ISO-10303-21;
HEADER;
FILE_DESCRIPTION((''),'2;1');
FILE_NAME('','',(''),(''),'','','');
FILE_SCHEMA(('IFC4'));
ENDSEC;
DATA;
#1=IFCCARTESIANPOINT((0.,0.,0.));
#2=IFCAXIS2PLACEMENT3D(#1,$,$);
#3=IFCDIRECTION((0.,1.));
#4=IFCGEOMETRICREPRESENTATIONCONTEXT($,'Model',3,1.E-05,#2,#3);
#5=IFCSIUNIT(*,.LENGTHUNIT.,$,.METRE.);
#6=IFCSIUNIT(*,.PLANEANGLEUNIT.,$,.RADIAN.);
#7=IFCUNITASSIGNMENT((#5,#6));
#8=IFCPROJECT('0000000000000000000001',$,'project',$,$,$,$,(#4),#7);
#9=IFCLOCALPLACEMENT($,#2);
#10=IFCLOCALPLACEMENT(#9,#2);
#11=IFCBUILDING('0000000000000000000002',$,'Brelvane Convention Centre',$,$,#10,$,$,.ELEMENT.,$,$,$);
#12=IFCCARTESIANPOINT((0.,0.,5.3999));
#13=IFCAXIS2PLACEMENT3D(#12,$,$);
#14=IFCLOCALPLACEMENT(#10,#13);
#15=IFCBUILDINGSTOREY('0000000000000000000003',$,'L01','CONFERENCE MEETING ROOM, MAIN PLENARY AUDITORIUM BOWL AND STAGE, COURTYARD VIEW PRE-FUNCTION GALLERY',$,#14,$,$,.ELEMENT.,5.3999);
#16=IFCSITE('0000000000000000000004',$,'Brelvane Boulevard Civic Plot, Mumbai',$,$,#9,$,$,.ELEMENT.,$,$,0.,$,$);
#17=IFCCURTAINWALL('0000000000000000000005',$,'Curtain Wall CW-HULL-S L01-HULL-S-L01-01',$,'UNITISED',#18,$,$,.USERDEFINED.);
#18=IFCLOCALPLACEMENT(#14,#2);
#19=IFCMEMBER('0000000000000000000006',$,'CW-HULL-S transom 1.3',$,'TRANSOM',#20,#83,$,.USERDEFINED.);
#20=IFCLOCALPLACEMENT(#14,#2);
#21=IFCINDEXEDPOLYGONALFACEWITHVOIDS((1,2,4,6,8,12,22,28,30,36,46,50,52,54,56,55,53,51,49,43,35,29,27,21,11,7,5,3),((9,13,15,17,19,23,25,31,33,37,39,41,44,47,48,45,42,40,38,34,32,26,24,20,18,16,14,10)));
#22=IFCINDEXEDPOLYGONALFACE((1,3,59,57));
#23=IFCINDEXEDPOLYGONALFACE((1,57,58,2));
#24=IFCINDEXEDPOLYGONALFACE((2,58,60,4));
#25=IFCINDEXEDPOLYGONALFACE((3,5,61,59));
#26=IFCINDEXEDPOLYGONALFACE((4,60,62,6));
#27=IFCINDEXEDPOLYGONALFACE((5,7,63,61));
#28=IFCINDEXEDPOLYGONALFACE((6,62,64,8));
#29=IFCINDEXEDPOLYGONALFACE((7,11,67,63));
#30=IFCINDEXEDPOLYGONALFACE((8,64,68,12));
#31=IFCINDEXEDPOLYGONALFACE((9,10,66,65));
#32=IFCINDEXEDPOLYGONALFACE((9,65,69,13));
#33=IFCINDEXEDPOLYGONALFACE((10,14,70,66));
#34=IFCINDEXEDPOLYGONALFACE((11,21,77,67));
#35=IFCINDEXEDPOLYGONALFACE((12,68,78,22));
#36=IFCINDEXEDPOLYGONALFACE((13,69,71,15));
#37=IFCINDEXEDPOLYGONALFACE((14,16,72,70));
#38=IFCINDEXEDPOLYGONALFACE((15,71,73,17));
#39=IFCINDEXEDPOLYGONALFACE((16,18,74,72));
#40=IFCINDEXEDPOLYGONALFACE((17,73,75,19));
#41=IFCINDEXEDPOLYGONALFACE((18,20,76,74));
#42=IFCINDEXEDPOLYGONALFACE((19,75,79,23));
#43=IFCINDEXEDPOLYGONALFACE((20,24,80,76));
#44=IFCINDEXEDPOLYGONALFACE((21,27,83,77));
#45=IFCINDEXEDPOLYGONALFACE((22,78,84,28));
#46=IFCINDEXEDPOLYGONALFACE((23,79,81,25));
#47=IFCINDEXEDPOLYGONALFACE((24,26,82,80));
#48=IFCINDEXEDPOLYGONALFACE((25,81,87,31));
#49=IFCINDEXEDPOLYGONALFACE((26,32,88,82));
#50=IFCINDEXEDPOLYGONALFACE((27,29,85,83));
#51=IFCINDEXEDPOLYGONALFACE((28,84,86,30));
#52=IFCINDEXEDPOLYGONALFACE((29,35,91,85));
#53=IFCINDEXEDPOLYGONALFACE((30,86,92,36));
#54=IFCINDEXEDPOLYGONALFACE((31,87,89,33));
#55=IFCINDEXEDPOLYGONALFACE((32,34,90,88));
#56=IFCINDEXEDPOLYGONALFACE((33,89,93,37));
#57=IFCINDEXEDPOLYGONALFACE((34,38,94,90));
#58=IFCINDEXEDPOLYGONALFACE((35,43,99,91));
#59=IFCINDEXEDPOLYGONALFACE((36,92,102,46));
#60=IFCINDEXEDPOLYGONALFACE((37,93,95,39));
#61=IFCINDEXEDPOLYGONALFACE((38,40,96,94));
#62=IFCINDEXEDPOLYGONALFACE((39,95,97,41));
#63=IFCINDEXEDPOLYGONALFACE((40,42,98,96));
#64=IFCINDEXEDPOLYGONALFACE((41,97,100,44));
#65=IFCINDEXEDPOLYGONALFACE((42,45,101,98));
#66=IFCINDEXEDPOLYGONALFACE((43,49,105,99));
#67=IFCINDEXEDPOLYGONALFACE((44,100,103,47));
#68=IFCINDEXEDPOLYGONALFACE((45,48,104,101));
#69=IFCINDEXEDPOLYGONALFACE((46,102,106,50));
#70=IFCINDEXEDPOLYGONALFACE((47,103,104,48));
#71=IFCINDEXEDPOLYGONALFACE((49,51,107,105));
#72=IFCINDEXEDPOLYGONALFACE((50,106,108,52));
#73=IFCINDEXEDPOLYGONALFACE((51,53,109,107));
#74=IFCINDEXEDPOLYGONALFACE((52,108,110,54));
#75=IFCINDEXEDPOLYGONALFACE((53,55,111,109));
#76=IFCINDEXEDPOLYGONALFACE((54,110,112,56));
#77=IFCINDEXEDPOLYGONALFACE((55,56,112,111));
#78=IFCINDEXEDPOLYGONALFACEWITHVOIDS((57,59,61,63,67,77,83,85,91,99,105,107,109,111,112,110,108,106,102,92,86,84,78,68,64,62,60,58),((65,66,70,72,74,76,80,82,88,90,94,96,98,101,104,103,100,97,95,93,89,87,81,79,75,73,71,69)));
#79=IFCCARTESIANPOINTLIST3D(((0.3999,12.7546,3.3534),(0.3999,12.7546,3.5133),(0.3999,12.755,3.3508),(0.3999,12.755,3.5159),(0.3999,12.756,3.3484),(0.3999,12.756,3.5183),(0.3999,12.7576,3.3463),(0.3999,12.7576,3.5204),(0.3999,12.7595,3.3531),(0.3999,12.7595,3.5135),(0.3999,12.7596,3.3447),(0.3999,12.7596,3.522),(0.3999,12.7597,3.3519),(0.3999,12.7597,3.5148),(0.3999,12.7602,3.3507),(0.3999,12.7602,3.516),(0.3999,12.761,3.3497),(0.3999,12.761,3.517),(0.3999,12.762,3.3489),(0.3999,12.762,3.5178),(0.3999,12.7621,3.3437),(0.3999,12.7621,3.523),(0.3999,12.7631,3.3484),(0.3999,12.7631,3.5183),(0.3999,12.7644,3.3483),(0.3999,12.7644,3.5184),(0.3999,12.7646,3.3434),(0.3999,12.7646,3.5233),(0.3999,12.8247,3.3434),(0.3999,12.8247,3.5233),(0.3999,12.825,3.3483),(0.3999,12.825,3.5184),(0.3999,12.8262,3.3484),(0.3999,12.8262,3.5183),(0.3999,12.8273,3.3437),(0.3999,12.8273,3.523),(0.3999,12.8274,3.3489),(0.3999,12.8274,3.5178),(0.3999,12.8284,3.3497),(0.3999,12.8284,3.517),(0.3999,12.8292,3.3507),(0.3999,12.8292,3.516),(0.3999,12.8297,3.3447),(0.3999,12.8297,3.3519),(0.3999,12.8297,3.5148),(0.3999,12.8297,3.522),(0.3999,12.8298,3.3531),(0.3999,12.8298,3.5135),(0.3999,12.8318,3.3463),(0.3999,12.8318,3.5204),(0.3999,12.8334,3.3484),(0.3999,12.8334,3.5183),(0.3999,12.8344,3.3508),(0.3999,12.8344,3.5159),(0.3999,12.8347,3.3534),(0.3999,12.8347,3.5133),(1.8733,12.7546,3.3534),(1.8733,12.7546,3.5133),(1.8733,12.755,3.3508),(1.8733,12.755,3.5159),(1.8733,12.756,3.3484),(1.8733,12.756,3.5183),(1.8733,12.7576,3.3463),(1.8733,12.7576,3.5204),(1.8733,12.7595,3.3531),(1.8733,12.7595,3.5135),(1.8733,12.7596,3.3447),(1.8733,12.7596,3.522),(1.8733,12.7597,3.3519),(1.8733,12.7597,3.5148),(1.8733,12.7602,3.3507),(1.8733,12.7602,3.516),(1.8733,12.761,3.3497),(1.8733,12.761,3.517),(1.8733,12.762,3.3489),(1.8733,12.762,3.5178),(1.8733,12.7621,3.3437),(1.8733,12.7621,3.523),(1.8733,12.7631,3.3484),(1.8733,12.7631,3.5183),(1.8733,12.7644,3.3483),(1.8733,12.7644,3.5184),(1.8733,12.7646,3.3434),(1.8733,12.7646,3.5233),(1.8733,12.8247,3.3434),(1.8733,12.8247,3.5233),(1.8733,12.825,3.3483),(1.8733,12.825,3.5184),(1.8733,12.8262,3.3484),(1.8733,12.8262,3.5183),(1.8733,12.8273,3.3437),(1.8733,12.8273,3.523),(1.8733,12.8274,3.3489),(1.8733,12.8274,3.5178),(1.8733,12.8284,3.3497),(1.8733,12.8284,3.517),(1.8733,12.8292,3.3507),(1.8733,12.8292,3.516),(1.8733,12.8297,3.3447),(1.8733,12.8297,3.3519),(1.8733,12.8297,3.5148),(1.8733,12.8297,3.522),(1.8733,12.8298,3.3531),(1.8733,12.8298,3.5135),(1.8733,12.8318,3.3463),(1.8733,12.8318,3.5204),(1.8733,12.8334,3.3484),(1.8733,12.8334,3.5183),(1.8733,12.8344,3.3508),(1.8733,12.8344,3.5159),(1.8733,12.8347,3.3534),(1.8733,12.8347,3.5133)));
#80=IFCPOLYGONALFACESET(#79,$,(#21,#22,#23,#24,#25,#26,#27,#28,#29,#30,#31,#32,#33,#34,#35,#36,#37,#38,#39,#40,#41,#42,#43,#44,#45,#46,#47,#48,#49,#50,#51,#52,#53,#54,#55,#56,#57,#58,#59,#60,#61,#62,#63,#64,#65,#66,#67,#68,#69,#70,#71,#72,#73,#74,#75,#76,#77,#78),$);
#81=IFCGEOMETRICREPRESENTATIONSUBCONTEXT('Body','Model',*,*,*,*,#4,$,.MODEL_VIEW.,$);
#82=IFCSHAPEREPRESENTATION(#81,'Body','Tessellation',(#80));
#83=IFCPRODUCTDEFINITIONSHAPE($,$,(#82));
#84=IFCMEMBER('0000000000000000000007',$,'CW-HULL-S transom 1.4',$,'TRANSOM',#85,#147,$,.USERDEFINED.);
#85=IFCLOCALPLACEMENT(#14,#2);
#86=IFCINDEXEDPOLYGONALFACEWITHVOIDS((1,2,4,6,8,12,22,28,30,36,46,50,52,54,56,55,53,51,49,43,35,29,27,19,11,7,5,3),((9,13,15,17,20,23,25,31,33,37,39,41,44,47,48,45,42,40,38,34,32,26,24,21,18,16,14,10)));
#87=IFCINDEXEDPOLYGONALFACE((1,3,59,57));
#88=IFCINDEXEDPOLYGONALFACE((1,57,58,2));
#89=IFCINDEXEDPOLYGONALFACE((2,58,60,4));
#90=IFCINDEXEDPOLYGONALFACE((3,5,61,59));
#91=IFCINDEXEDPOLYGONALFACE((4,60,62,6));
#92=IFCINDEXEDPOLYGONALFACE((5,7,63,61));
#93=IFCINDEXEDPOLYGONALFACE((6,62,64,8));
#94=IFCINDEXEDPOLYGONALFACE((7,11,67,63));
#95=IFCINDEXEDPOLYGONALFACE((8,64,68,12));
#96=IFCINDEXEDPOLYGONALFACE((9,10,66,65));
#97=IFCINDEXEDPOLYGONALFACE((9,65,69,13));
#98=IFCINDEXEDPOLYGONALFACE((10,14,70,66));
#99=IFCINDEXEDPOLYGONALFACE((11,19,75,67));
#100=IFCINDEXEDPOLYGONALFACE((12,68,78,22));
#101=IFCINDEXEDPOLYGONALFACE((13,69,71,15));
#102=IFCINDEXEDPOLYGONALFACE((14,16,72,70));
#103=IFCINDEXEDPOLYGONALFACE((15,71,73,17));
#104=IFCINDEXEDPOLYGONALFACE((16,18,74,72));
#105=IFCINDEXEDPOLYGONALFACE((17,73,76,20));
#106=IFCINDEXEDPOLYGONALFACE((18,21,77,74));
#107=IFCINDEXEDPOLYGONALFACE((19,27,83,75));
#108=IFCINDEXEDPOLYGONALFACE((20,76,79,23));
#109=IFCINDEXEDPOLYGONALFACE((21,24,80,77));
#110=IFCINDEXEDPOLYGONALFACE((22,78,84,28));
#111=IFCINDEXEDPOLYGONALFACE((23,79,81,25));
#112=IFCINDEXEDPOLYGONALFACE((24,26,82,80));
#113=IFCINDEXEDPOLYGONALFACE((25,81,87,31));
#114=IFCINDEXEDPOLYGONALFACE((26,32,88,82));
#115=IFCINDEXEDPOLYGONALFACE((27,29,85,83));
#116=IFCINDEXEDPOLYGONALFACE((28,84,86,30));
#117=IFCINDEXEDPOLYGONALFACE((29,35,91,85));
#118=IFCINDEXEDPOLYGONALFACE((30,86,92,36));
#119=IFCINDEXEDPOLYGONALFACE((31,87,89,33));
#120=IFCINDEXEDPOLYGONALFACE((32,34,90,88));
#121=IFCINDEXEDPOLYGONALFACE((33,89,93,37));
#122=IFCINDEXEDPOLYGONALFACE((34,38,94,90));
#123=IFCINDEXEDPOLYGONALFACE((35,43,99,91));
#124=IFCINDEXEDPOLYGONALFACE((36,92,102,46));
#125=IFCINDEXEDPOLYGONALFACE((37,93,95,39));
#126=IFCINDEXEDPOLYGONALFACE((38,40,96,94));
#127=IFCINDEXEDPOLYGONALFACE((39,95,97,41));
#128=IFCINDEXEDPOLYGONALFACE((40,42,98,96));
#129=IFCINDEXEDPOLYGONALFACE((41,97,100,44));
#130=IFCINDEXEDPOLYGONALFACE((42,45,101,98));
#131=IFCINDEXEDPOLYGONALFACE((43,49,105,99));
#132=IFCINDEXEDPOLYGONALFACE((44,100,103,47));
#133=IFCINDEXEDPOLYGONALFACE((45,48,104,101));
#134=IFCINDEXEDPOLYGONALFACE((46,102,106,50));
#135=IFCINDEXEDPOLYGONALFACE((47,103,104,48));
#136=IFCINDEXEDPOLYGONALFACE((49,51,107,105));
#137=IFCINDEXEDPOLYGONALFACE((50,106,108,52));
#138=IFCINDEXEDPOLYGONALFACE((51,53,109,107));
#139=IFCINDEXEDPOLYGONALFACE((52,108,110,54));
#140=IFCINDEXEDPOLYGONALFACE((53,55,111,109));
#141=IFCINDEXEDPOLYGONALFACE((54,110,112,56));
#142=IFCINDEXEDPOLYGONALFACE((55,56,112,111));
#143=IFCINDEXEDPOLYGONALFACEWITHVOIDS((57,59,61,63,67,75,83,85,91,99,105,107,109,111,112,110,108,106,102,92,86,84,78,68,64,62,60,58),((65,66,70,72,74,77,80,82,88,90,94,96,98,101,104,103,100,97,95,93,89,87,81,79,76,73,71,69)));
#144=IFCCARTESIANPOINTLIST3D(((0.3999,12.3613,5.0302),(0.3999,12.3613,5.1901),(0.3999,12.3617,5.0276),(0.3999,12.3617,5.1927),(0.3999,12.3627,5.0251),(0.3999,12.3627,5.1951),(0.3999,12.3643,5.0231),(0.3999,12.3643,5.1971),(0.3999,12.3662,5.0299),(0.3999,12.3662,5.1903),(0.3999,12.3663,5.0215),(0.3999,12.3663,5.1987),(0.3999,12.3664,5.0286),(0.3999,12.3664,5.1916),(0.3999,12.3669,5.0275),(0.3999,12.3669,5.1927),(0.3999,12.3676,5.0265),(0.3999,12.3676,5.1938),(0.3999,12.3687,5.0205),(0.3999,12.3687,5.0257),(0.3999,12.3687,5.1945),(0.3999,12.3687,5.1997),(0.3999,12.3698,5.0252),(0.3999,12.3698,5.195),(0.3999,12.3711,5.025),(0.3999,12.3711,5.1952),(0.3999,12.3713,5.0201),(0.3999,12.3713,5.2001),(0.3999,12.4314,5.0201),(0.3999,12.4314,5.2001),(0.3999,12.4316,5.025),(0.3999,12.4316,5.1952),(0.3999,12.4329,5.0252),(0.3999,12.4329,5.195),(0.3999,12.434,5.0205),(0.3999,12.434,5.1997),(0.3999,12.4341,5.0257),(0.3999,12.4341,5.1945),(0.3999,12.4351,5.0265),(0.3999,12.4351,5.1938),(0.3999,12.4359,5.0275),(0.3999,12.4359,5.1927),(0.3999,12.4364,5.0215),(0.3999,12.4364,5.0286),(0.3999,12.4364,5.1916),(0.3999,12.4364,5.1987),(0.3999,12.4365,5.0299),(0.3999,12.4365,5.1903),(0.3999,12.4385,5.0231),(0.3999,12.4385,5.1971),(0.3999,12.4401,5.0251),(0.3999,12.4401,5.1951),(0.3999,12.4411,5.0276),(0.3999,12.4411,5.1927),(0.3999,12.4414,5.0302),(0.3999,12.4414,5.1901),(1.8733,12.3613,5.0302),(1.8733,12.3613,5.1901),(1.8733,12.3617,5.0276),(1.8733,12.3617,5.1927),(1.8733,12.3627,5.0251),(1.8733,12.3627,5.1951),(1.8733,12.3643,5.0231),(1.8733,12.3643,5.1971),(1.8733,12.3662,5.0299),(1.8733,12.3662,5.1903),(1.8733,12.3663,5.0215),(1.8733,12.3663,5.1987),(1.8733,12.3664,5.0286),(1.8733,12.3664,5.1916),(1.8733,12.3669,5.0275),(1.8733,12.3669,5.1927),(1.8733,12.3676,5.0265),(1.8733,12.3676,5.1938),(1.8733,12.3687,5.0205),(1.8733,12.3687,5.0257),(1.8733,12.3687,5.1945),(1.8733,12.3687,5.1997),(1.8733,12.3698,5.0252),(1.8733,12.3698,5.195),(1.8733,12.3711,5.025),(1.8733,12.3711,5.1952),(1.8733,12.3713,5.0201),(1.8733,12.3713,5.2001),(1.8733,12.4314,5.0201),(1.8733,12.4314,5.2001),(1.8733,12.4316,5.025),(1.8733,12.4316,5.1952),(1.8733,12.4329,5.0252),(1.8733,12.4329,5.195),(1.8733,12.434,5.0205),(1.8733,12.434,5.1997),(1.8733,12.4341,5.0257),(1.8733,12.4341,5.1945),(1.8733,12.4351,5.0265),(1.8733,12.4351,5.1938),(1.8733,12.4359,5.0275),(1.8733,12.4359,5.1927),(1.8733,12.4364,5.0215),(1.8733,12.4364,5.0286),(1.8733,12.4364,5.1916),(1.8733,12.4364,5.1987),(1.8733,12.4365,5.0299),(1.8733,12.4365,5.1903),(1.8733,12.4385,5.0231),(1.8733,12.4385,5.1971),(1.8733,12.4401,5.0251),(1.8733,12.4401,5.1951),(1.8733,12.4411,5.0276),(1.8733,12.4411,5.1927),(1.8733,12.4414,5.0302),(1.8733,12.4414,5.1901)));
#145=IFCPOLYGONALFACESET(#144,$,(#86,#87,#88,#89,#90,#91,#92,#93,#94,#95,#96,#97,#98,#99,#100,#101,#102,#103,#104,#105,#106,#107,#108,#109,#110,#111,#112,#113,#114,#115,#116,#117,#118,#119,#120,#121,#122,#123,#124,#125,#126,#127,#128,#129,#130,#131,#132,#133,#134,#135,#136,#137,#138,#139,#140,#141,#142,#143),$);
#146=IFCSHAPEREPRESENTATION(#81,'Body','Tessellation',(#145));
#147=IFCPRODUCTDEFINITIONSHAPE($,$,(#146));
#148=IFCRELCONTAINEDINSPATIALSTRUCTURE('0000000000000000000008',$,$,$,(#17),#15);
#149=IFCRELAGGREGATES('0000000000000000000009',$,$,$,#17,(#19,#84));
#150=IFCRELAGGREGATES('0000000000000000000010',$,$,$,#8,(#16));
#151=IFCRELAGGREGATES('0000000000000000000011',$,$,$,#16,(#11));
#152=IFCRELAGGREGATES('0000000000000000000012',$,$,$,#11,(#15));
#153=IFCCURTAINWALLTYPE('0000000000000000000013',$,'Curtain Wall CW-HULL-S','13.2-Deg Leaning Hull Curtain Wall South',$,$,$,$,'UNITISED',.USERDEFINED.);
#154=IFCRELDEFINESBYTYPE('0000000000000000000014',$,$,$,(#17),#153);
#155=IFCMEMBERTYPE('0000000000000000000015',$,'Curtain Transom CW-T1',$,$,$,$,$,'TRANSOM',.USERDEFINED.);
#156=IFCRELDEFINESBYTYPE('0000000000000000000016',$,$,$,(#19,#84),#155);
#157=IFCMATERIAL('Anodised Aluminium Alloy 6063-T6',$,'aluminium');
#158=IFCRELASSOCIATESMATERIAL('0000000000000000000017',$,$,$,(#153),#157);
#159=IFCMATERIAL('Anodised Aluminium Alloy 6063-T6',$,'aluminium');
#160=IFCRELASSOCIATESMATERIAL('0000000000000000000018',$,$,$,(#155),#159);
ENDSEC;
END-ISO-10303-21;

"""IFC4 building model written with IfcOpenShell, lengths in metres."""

from ifc_helpers import new_model, si_unit, direction, frame, origin, origin_2d, place, context, subcontext, project, spatial, hollow_rectangle, extrude, material, material_profile, profile_set, type_object, element, aggregate, save


model = new_model("IFC4")

# Units and contexts
model_context = context("Model", 3, precision=1e-05, world=origin(), true_north=direction((0.0, 1.0)))
body_context = subcontext(model_context, "Body", "Model", "MODEL_VIEW")
ifc_project = project(units=[si_unit("LENGTHUNIT", "METRE"), si_unit("PLANEANGLEUNIT", "RADIAN")], contexts=[model_context])

# Site, building, storey
site_placement = place(None, origin())
site = spatial("IfcSite", under=ifc_project, at=site_placement, Name="Brelvane Boulevard Civic Plot, Mumbai", CompositionType="ELEMENT", RefElevation=0.0)
building_placement = place(site_placement, origin())
building = spatial("IfcBuilding", under=site, at=building_placement, Name="Brelvane Convention Centre", CompositionType="ELEMENT")
storey_placement = place(building_placement, frame((0.0, 0.0, 5.3999)))
storey = spatial("IfcBuildingStorey", under=building, at=storey_placement, Name="L01", Description="CONFERENCE MEETING ROOM, MAIN PLENARY AUDITORIUM BOWL AND STAGE, COURTYARD VIEW PRE-FUNCTION GALLERY", CompositionType="ELEMENT", Elevation=5.3999)

# Curtain wall, members
ifc_material_1 = material(Name="Anodised Aluminium Alloy 6063-T6", Category="aluminium")
curtain_wall_type = type_object("IfcCurtainWallType", Name="Curtain Wall CW-HULL-S", Description="13.2-Deg Leaning Hull Curtain Wall South", ElementType="UNITISED", PredefinedType="USERDEFINED", material=ifc_material_1)
curtain_wall_placement = place(storey_placement, origin())
curtain_wall = element("IfcCurtainWall", 1, at=curtain_wall_placement, inside=storey, type_object=curtain_wall_type, Name="Curtain Wall CW-HULL-S L01-HULL-S-L01-01", ObjectType="UNITISED", PredefinedType="USERDEFINED")
ifc_material_2 = material(Name="Anodised Aluminium Alloy 6063-T6", Category="aluminium")
ifc_material_profile = material_profile(ifc_material_2, hollow_rectangle(XDim=0.0801, YDim=0.1799, WallThickness=0.0049, InnerFilletRadius=0.0049, OuterFilletRadius=0.01, at=origin_2d()), Name="ALU-T 180x80x5.0")
ifc_profile_set = profile_set([ifc_material_profile], Name="Anodised Aluminium Alloy 6063-T6")
member_type = type_object("IfcMemberType", Name="Curtain Transom CW-T1", ElementType="TRANSOM", PredefinedType="USERDEFINED", material=ifc_profile_set)
member_1_placement = place(storey_placement, frame((0.3999, 12.7947, 3.4333), z_axis=(1.0, 0.0, 0.0), x_axis=(0.0, 1.0, 0.0)))
member_1 = element("IfcMember", 2, at=member_1_placement, type_object=member_type, Name="CW-HULL-S transom 1.3", ObjectType="TRANSOM", PredefinedType="USERDEFINED", context=body_context, shape_type="SweptSolid", body=[
    extrude(hollow_rectangle(XDim=0.0801, YDim=0.1799, WallThickness=0.0049, InnerFilletRadius=0.0049, OuterFilletRadius=0.01, at=origin_2d()), origin(), (0.0, 0.0, 1.0), 1.4734),
])
member_2_placement = place(storey_placement, frame((0.3999, 12.4014, 5.1101), z_axis=(1.0, 0.0, 0.0), x_axis=(0.0, 1.0, 0.0)))
member_2 = element("IfcMember", 3, at=member_2_placement, type_object=member_type, Name="CW-HULL-S transom 1.4", ObjectType="TRANSOM", PredefinedType="USERDEFINED", context=body_context, shape_type="SweptSolid", body=[
    extrude(hollow_rectangle(XDim=0.0801, YDim=0.1799, WallThickness=0.0049, InnerFilletRadius=0.0049, OuterFilletRadius=0.01, at=origin_2d()), origin(), (0.0, 0.0, 1.0), 1.4734),
])
aggregate(curtain_wall, [member_1, member_2])

save(model, "model.ifc")
